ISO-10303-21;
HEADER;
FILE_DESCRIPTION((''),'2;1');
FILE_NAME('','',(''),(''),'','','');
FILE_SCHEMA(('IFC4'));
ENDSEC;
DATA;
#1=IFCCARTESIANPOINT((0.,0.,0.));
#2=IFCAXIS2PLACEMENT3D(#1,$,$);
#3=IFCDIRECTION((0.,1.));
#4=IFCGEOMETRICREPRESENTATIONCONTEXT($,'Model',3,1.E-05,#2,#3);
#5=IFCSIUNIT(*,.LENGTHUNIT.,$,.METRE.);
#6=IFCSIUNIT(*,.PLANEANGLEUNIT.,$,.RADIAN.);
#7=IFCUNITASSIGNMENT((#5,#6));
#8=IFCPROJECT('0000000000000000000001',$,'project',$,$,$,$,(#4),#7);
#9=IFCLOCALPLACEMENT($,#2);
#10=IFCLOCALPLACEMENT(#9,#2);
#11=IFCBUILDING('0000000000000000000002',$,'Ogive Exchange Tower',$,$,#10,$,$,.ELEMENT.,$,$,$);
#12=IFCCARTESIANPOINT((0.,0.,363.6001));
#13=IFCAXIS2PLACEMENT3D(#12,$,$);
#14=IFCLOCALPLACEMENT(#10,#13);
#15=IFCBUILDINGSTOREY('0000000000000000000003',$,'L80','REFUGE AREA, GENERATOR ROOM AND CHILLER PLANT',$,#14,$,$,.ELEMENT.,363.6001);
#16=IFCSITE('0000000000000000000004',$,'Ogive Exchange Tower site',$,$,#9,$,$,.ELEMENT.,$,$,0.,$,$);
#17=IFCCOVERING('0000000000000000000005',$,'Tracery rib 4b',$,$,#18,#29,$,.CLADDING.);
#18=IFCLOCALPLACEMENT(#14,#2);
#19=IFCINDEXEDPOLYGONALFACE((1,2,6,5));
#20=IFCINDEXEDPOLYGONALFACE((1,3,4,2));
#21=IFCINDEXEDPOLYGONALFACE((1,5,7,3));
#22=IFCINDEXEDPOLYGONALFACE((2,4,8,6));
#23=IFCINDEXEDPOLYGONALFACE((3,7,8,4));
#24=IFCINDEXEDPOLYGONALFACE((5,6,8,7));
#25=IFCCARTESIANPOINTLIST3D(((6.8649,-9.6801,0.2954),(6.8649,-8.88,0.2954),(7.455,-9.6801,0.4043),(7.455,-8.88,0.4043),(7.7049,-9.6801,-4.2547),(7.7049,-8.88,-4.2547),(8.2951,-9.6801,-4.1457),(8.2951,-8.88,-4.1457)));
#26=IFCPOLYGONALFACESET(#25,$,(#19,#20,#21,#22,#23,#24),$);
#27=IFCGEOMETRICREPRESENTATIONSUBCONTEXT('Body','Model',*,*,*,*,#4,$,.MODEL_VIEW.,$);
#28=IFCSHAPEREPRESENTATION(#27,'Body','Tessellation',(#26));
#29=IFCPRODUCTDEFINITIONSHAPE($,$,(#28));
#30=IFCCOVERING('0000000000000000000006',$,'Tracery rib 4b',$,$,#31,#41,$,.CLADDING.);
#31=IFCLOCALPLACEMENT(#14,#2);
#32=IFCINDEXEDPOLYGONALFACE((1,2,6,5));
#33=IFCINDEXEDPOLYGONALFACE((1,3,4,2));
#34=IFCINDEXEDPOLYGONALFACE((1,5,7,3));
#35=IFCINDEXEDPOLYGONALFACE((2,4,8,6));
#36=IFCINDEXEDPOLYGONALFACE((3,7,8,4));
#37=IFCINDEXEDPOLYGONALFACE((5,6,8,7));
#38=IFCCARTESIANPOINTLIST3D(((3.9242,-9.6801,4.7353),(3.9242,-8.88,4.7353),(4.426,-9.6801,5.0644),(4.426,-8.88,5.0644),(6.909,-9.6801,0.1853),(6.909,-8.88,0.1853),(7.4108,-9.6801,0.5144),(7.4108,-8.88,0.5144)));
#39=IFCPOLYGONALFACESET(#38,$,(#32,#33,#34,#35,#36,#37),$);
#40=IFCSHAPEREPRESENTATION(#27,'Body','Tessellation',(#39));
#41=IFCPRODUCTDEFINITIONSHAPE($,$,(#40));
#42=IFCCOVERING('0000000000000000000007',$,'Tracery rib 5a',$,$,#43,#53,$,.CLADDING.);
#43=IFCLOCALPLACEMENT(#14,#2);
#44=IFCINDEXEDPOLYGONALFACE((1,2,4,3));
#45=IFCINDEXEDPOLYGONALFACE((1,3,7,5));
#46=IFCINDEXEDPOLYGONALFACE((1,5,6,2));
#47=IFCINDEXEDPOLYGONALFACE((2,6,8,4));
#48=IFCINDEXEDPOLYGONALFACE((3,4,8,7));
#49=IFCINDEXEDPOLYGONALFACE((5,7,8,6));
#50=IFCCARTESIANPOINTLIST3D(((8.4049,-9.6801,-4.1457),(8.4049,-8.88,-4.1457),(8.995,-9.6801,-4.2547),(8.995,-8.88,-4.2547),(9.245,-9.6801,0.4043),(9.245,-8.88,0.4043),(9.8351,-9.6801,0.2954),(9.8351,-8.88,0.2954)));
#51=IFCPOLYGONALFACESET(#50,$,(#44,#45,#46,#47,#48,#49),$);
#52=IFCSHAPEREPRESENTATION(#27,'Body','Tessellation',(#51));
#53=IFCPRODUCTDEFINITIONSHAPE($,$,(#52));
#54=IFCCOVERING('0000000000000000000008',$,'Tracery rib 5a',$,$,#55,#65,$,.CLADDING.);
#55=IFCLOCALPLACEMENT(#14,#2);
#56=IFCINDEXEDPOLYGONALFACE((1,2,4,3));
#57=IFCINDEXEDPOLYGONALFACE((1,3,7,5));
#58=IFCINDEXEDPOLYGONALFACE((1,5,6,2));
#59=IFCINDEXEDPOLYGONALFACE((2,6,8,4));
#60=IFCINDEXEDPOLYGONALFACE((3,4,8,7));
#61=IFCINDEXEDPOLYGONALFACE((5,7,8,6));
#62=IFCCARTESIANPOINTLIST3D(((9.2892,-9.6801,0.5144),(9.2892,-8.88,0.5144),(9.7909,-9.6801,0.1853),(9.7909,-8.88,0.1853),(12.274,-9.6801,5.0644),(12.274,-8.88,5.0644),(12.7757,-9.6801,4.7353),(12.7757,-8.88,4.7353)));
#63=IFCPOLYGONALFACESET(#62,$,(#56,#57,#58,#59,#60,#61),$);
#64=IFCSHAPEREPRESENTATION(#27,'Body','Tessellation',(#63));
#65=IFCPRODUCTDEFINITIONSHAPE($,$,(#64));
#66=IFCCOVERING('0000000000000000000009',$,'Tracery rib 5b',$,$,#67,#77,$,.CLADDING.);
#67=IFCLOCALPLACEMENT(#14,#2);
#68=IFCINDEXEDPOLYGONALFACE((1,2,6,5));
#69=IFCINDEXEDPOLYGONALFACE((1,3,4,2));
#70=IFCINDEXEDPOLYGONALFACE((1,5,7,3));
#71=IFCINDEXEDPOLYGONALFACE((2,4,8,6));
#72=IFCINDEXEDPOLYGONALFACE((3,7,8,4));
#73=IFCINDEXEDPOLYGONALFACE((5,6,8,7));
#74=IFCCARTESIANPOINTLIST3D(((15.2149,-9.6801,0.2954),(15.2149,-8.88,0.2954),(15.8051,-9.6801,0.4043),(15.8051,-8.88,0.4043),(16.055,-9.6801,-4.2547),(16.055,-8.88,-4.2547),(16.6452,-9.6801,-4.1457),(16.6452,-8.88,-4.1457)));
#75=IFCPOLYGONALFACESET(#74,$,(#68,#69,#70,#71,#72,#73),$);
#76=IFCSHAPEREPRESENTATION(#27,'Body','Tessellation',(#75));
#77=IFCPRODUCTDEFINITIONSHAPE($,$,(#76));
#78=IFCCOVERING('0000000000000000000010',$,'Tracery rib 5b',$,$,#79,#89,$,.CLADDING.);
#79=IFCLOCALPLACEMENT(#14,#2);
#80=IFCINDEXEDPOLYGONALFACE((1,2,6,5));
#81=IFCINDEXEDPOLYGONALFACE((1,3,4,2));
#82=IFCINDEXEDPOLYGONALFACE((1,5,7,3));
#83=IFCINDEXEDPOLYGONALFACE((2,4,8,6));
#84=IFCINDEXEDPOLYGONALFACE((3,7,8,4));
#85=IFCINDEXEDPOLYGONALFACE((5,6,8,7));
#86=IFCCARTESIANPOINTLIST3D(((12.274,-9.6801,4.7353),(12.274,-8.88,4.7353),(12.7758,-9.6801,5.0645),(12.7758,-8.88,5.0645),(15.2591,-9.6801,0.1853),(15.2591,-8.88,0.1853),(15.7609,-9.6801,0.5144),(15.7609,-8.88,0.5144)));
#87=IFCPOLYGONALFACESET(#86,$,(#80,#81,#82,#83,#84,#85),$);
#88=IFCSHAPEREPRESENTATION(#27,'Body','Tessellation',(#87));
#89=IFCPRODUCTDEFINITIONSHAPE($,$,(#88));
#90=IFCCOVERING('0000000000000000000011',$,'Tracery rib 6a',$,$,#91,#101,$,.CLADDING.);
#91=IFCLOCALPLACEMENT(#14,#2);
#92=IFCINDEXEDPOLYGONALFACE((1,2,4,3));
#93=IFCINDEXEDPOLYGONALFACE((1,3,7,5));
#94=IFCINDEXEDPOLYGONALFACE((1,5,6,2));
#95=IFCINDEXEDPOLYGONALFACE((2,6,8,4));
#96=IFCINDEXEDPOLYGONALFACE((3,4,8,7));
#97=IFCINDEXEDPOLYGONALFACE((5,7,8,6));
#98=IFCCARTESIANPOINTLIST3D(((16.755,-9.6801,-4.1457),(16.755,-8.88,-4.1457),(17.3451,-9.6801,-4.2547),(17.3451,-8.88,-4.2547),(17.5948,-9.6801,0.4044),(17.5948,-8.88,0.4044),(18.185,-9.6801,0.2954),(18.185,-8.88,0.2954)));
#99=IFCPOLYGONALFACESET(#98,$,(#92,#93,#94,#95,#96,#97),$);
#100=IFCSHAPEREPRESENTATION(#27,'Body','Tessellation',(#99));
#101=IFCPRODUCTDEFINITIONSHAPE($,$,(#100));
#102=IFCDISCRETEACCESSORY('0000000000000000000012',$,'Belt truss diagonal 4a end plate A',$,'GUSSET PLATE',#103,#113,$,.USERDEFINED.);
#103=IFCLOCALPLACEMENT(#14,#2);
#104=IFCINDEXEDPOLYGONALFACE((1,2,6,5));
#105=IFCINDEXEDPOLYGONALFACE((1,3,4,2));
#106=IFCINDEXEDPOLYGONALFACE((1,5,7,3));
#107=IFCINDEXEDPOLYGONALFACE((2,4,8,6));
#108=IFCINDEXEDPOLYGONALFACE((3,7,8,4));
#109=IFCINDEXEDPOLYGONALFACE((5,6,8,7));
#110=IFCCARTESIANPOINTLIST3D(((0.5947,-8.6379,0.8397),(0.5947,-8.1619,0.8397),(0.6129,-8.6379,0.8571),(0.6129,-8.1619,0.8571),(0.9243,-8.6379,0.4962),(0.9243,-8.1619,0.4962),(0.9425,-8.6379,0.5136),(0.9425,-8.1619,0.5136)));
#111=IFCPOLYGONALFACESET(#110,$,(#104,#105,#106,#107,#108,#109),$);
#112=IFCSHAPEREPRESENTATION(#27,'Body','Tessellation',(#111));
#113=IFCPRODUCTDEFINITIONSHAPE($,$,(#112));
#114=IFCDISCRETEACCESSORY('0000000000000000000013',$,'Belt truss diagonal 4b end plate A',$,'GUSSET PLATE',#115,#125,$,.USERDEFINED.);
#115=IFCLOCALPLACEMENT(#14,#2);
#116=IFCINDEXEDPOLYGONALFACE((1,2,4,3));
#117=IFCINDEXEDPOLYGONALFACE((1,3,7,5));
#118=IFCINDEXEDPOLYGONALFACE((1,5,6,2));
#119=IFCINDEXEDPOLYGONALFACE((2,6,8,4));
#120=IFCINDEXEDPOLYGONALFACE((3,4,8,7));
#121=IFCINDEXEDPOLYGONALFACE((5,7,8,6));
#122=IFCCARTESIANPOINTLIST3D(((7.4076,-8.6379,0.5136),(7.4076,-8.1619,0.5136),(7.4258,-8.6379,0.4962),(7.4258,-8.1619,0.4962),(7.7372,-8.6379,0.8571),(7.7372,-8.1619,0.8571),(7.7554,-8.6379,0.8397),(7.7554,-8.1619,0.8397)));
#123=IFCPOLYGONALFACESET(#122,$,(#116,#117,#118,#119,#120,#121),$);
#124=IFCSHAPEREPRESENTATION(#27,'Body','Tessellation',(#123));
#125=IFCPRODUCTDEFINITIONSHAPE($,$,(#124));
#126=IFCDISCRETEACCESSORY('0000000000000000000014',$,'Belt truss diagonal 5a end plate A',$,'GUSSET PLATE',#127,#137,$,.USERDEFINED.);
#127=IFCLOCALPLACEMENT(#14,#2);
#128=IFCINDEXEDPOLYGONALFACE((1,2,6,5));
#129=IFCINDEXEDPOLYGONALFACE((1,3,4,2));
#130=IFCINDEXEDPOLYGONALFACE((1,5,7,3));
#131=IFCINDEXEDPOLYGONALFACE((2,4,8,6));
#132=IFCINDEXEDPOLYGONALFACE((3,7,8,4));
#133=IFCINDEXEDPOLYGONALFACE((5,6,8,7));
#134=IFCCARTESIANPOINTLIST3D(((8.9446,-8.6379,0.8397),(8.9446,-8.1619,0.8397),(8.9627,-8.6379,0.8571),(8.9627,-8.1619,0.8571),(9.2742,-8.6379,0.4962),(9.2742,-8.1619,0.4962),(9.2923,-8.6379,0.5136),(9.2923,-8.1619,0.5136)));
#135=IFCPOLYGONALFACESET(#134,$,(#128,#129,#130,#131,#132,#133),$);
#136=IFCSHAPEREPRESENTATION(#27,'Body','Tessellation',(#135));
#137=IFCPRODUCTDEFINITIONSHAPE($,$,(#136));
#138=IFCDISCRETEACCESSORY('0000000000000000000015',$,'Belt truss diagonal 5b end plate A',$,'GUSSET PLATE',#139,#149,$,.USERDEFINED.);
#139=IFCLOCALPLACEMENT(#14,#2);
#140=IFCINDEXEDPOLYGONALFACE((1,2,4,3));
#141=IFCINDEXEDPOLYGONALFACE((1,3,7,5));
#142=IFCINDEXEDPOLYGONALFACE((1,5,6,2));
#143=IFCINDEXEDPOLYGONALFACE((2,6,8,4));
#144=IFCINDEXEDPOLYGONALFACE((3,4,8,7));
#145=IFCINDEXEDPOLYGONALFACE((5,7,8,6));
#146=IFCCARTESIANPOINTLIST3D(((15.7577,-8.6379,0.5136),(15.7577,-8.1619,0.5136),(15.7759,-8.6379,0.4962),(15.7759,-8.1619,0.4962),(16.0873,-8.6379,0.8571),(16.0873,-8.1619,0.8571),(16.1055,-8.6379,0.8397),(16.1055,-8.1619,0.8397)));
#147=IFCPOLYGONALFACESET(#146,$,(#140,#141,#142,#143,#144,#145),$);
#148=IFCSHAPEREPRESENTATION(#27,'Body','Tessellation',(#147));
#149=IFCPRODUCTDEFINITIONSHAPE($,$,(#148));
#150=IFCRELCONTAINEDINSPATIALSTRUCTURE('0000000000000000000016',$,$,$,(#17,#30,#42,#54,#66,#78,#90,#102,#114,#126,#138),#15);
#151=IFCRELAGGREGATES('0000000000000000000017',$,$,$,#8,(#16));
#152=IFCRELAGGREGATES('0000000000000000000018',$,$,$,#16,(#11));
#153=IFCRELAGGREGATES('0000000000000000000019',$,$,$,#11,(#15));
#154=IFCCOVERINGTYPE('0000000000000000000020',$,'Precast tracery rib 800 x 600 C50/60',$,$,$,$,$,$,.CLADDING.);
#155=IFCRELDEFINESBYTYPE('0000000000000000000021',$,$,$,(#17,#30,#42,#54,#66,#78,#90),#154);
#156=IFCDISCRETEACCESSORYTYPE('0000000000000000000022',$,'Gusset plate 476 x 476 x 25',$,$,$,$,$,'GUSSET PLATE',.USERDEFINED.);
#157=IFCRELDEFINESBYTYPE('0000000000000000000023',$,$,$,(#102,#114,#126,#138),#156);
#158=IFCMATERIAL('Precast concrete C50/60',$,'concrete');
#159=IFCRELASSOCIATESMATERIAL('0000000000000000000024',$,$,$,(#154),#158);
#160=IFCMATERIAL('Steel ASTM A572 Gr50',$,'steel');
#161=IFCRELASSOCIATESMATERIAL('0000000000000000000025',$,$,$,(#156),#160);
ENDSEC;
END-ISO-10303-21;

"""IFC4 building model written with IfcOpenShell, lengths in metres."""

from ifc_helpers import new_model, si_unit, direction, frame, origin, origin_2d, place, context, subcontext, project, spatial, rectangle, extrude, material, material_profile, profile_set, type_object, element, save


model = new_model("IFC4")

# Units and contexts
model_context = context("Model", 3, precision=1e-05, world=origin(), true_north=direction((0.0, 1.0)))
body_context = subcontext(model_context, "Body", "Model", "MODEL_VIEW")
ifc_project = project(units=[si_unit("LENGTHUNIT", "METRE"), si_unit("PLANEANGLEUNIT", "RADIAN")], contexts=[model_context])

# Site, building, storey
site_placement = place(None, origin())
site = spatial("IfcSite", under=ifc_project, at=site_placement, Name="Ogive Exchange Tower site", CompositionType="ELEMENT", RefElevation=0.0)
building_placement = place(site_placement, origin())
building = spatial("IfcBuilding", under=site, at=building_placement, Name="Ogive Exchange Tower", CompositionType="ELEMENT")
storey_placement = place(building_placement, frame((0.0, 0.0, 363.6001)))
storey = spatial("IfcBuildingStorey", under=building, at=storey_placement, Name="L80", Description="REFUGE AREA, GENERATOR ROOM AND CHILLER PLANT", CompositionType="ELEMENT", Elevation=363.6001)

# Coverings
ifc_material_1 = material(Name="Precast concrete C50/60", Category="concrete")
ifc_material_profile_1 = material_profile(ifc_material_1, rectangle(XDim=0.8, YDim=0.6001, at=origin_2d()), Name="RIB 800 x 600")
ifc_profile_set_1 = profile_set([ifc_material_profile_1], Name="Precast concrete C50/60")
covering_type = type_object("IfcCoveringType", Name="Precast tracery rib 800 x 600 C50/60", PredefinedType="CLADDING", material=ifc_profile_set_1)
covering_1_placement = place(storey_placement, frame((8.0, -9.28, -4.2002), z_axis=(-0.181564, 0.0, 0.983379), x_axis=(0.0, -1.0, 0.0)))
element("IfcCovering", 1, at=covering_1_placement, inside=storey, type_object=covering_type, Name="Tracery rib 4b", PredefinedType="CLADDING", context=body_context, shape_type="SweptSolid", body=[
    extrude(rectangle(XDim=0.8, YDim=0.6001, at=origin_2d()), origin(), (0.0, 0.0, 1.0), 4.627),
])
covering_2_placement = place(storey_placement, frame((7.1599, -9.28, 0.3499), z_axis=(-0.548514, 0.0, 0.836141), x_axis=(0.0, -1.0, 0.0)))
element("IfcCovering", 2, at=covering_2_placement, inside=storey, type_object=covering_type, Name="Tracery rib 4b", PredefinedType="CLADDING", context=body_context, shape_type="SweptSolid", body=[
    extrude(rectangle(XDim=0.8, YDim=0.6001, at=origin_2d()), origin(), (0.0, 0.0, 1.0), 5.4417),
])
covering_3_placement = place(storey_placement, frame((8.7, -9.28, -4.2002), z_axis=(0.181564, 0.0, 0.983379), x_axis=(0.0, 1.0, 0.0)))
element("IfcCovering", 3, at=covering_3_placement, inside=storey, type_object=covering_type, Name="Tracery rib 5a", PredefinedType="CLADDING", context=body_context, shape_type="SweptSolid", body=[
    extrude(rectangle(XDim=0.8, YDim=0.6001, at=origin_2d()), origin(), (0.0, 0.0, 1.0), 4.627),
])
covering_4_placement = place(storey_placement, frame((9.54, -9.28, 0.3499), z_axis=(0.548514, 0.0, 0.836141), x_axis=(0.0, 1.0, 0.0)))
element("IfcCovering", 4, at=covering_4_placement, inside=storey, type_object=covering_type, Name="Tracery rib 5a", PredefinedType="CLADDING", context=body_context, shape_type="SweptSolid", body=[
    extrude(rectangle(XDim=0.8, YDim=0.6001, at=origin_2d()), origin(), (0.0, 0.0, 1.0), 5.4417),
])
covering_5_placement = place(storey_placement, frame((16.3501, -9.28, -4.2002), z_axis=(-0.181564, 0.0, 0.983379), x_axis=(0.0, -1.0, 0.0)))
element("IfcCovering", 5, at=covering_5_placement, inside=storey, type_object=covering_type, Name="Tracery rib 5b", PredefinedType="CLADDING", context=body_context, shape_type="SweptSolid", body=[
    extrude(rectangle(XDim=0.8, YDim=0.6001, at=origin_2d()), origin(), (0.0, 0.0, 1.0), 4.627),
])
covering_6_placement = place(storey_placement, frame((15.51, -9.28, 0.3499), z_axis=(-0.548546, 0.0, 0.836121), x_axis=(0.0, -1.0, 0.0)))
element("IfcCovering", 6, at=covering_6_placement, inside=storey, type_object=covering_type, Name="Tracery rib 5b", PredefinedType="CLADDING", context=body_context, shape_type="SweptSolid", body=[
    extrude(rectangle(XDim=0.8, YDim=0.6001, at=origin_2d()), origin(), (0.0, 0.0, 1.0), 5.4419),
])
covering_7_placement = place(storey_placement, frame((17.05, -9.28, -4.2002), z_axis=(0.181513, 0.0, 0.983389), x_axis=(0.0, 1.0, 0.0)))
element("IfcCovering", 7, at=covering_7_placement, inside=storey, type_object=covering_type, Name="Tracery rib 6a", PredefinedType="CLADDING", context=body_context, shape_type="SweptSolid", body=[
    extrude(rectangle(XDim=0.8, YDim=0.6001, at=origin_2d()), origin(), (0.0, 0.0, 1.0), 4.627),
])

# Discrete accessories
ifc_material_2 = material(Name="Steel ASTM A572 Gr50", Category="steel")
ifc_material_profile_2 = material_profile(ifc_material_2, rectangle(XDim=0.4761, YDim=0.4761, at=origin_2d()), Name="PL 476 x 476 x 25")
ifc_profile_set_2 = profile_set([ifc_material_profile_2], Name="Steel ASTM A572 Gr50")
discrete_accessory_type = type_object("IfcDiscreteAccessoryType", Name="Gusset plate 476 x 476 x 25", ElementType="GUSSET PLATE", PredefinedType="USERDEFINED", material=ifc_profile_set_2)
for number, where, z_axis, x_axis, name in (
    (8, (0.7595, -8.3999, 0.668), (0.721582, 0.0, 0.692329), (0.0, 1.0, 0.0), "Belt truss diagonal 4a end plate A"),
    (9, (7.5906, -8.3999, 0.668), (-0.721582, 0.0, 0.692329), (0.0, -1.0, 0.0), "Belt truss diagonal 4b end plate A"),
    (10, (9.1094, -8.3999, 0.668), (0.721582, 0.0, 0.692329), (0.0, 1.0, 0.0), "Belt truss diagonal 5a end plate A"),
    (11, (15.9407, -8.3999, 0.668), (-0.721582, 0.0, 0.692329), (0.0, -1.0, 0.0), "Belt truss diagonal 5b end plate A"),
):
    element("IfcDiscreteAccessory", number, at=place(storey_placement, frame(where, z_axis=z_axis, x_axis=x_axis)), inside=storey, type_object=discrete_accessory_type, Name=name, ObjectType="GUSSET PLATE", PredefinedType="USERDEFINED", context=body_context, shape_type="SweptSolid", body=[
        extrude(rectangle(XDim=0.4761, YDim=0.4761, at=origin_2d()), origin(), (0.0, 0.0, 1.0), 0.0251),
    ])

save(model, "model.ifc")
